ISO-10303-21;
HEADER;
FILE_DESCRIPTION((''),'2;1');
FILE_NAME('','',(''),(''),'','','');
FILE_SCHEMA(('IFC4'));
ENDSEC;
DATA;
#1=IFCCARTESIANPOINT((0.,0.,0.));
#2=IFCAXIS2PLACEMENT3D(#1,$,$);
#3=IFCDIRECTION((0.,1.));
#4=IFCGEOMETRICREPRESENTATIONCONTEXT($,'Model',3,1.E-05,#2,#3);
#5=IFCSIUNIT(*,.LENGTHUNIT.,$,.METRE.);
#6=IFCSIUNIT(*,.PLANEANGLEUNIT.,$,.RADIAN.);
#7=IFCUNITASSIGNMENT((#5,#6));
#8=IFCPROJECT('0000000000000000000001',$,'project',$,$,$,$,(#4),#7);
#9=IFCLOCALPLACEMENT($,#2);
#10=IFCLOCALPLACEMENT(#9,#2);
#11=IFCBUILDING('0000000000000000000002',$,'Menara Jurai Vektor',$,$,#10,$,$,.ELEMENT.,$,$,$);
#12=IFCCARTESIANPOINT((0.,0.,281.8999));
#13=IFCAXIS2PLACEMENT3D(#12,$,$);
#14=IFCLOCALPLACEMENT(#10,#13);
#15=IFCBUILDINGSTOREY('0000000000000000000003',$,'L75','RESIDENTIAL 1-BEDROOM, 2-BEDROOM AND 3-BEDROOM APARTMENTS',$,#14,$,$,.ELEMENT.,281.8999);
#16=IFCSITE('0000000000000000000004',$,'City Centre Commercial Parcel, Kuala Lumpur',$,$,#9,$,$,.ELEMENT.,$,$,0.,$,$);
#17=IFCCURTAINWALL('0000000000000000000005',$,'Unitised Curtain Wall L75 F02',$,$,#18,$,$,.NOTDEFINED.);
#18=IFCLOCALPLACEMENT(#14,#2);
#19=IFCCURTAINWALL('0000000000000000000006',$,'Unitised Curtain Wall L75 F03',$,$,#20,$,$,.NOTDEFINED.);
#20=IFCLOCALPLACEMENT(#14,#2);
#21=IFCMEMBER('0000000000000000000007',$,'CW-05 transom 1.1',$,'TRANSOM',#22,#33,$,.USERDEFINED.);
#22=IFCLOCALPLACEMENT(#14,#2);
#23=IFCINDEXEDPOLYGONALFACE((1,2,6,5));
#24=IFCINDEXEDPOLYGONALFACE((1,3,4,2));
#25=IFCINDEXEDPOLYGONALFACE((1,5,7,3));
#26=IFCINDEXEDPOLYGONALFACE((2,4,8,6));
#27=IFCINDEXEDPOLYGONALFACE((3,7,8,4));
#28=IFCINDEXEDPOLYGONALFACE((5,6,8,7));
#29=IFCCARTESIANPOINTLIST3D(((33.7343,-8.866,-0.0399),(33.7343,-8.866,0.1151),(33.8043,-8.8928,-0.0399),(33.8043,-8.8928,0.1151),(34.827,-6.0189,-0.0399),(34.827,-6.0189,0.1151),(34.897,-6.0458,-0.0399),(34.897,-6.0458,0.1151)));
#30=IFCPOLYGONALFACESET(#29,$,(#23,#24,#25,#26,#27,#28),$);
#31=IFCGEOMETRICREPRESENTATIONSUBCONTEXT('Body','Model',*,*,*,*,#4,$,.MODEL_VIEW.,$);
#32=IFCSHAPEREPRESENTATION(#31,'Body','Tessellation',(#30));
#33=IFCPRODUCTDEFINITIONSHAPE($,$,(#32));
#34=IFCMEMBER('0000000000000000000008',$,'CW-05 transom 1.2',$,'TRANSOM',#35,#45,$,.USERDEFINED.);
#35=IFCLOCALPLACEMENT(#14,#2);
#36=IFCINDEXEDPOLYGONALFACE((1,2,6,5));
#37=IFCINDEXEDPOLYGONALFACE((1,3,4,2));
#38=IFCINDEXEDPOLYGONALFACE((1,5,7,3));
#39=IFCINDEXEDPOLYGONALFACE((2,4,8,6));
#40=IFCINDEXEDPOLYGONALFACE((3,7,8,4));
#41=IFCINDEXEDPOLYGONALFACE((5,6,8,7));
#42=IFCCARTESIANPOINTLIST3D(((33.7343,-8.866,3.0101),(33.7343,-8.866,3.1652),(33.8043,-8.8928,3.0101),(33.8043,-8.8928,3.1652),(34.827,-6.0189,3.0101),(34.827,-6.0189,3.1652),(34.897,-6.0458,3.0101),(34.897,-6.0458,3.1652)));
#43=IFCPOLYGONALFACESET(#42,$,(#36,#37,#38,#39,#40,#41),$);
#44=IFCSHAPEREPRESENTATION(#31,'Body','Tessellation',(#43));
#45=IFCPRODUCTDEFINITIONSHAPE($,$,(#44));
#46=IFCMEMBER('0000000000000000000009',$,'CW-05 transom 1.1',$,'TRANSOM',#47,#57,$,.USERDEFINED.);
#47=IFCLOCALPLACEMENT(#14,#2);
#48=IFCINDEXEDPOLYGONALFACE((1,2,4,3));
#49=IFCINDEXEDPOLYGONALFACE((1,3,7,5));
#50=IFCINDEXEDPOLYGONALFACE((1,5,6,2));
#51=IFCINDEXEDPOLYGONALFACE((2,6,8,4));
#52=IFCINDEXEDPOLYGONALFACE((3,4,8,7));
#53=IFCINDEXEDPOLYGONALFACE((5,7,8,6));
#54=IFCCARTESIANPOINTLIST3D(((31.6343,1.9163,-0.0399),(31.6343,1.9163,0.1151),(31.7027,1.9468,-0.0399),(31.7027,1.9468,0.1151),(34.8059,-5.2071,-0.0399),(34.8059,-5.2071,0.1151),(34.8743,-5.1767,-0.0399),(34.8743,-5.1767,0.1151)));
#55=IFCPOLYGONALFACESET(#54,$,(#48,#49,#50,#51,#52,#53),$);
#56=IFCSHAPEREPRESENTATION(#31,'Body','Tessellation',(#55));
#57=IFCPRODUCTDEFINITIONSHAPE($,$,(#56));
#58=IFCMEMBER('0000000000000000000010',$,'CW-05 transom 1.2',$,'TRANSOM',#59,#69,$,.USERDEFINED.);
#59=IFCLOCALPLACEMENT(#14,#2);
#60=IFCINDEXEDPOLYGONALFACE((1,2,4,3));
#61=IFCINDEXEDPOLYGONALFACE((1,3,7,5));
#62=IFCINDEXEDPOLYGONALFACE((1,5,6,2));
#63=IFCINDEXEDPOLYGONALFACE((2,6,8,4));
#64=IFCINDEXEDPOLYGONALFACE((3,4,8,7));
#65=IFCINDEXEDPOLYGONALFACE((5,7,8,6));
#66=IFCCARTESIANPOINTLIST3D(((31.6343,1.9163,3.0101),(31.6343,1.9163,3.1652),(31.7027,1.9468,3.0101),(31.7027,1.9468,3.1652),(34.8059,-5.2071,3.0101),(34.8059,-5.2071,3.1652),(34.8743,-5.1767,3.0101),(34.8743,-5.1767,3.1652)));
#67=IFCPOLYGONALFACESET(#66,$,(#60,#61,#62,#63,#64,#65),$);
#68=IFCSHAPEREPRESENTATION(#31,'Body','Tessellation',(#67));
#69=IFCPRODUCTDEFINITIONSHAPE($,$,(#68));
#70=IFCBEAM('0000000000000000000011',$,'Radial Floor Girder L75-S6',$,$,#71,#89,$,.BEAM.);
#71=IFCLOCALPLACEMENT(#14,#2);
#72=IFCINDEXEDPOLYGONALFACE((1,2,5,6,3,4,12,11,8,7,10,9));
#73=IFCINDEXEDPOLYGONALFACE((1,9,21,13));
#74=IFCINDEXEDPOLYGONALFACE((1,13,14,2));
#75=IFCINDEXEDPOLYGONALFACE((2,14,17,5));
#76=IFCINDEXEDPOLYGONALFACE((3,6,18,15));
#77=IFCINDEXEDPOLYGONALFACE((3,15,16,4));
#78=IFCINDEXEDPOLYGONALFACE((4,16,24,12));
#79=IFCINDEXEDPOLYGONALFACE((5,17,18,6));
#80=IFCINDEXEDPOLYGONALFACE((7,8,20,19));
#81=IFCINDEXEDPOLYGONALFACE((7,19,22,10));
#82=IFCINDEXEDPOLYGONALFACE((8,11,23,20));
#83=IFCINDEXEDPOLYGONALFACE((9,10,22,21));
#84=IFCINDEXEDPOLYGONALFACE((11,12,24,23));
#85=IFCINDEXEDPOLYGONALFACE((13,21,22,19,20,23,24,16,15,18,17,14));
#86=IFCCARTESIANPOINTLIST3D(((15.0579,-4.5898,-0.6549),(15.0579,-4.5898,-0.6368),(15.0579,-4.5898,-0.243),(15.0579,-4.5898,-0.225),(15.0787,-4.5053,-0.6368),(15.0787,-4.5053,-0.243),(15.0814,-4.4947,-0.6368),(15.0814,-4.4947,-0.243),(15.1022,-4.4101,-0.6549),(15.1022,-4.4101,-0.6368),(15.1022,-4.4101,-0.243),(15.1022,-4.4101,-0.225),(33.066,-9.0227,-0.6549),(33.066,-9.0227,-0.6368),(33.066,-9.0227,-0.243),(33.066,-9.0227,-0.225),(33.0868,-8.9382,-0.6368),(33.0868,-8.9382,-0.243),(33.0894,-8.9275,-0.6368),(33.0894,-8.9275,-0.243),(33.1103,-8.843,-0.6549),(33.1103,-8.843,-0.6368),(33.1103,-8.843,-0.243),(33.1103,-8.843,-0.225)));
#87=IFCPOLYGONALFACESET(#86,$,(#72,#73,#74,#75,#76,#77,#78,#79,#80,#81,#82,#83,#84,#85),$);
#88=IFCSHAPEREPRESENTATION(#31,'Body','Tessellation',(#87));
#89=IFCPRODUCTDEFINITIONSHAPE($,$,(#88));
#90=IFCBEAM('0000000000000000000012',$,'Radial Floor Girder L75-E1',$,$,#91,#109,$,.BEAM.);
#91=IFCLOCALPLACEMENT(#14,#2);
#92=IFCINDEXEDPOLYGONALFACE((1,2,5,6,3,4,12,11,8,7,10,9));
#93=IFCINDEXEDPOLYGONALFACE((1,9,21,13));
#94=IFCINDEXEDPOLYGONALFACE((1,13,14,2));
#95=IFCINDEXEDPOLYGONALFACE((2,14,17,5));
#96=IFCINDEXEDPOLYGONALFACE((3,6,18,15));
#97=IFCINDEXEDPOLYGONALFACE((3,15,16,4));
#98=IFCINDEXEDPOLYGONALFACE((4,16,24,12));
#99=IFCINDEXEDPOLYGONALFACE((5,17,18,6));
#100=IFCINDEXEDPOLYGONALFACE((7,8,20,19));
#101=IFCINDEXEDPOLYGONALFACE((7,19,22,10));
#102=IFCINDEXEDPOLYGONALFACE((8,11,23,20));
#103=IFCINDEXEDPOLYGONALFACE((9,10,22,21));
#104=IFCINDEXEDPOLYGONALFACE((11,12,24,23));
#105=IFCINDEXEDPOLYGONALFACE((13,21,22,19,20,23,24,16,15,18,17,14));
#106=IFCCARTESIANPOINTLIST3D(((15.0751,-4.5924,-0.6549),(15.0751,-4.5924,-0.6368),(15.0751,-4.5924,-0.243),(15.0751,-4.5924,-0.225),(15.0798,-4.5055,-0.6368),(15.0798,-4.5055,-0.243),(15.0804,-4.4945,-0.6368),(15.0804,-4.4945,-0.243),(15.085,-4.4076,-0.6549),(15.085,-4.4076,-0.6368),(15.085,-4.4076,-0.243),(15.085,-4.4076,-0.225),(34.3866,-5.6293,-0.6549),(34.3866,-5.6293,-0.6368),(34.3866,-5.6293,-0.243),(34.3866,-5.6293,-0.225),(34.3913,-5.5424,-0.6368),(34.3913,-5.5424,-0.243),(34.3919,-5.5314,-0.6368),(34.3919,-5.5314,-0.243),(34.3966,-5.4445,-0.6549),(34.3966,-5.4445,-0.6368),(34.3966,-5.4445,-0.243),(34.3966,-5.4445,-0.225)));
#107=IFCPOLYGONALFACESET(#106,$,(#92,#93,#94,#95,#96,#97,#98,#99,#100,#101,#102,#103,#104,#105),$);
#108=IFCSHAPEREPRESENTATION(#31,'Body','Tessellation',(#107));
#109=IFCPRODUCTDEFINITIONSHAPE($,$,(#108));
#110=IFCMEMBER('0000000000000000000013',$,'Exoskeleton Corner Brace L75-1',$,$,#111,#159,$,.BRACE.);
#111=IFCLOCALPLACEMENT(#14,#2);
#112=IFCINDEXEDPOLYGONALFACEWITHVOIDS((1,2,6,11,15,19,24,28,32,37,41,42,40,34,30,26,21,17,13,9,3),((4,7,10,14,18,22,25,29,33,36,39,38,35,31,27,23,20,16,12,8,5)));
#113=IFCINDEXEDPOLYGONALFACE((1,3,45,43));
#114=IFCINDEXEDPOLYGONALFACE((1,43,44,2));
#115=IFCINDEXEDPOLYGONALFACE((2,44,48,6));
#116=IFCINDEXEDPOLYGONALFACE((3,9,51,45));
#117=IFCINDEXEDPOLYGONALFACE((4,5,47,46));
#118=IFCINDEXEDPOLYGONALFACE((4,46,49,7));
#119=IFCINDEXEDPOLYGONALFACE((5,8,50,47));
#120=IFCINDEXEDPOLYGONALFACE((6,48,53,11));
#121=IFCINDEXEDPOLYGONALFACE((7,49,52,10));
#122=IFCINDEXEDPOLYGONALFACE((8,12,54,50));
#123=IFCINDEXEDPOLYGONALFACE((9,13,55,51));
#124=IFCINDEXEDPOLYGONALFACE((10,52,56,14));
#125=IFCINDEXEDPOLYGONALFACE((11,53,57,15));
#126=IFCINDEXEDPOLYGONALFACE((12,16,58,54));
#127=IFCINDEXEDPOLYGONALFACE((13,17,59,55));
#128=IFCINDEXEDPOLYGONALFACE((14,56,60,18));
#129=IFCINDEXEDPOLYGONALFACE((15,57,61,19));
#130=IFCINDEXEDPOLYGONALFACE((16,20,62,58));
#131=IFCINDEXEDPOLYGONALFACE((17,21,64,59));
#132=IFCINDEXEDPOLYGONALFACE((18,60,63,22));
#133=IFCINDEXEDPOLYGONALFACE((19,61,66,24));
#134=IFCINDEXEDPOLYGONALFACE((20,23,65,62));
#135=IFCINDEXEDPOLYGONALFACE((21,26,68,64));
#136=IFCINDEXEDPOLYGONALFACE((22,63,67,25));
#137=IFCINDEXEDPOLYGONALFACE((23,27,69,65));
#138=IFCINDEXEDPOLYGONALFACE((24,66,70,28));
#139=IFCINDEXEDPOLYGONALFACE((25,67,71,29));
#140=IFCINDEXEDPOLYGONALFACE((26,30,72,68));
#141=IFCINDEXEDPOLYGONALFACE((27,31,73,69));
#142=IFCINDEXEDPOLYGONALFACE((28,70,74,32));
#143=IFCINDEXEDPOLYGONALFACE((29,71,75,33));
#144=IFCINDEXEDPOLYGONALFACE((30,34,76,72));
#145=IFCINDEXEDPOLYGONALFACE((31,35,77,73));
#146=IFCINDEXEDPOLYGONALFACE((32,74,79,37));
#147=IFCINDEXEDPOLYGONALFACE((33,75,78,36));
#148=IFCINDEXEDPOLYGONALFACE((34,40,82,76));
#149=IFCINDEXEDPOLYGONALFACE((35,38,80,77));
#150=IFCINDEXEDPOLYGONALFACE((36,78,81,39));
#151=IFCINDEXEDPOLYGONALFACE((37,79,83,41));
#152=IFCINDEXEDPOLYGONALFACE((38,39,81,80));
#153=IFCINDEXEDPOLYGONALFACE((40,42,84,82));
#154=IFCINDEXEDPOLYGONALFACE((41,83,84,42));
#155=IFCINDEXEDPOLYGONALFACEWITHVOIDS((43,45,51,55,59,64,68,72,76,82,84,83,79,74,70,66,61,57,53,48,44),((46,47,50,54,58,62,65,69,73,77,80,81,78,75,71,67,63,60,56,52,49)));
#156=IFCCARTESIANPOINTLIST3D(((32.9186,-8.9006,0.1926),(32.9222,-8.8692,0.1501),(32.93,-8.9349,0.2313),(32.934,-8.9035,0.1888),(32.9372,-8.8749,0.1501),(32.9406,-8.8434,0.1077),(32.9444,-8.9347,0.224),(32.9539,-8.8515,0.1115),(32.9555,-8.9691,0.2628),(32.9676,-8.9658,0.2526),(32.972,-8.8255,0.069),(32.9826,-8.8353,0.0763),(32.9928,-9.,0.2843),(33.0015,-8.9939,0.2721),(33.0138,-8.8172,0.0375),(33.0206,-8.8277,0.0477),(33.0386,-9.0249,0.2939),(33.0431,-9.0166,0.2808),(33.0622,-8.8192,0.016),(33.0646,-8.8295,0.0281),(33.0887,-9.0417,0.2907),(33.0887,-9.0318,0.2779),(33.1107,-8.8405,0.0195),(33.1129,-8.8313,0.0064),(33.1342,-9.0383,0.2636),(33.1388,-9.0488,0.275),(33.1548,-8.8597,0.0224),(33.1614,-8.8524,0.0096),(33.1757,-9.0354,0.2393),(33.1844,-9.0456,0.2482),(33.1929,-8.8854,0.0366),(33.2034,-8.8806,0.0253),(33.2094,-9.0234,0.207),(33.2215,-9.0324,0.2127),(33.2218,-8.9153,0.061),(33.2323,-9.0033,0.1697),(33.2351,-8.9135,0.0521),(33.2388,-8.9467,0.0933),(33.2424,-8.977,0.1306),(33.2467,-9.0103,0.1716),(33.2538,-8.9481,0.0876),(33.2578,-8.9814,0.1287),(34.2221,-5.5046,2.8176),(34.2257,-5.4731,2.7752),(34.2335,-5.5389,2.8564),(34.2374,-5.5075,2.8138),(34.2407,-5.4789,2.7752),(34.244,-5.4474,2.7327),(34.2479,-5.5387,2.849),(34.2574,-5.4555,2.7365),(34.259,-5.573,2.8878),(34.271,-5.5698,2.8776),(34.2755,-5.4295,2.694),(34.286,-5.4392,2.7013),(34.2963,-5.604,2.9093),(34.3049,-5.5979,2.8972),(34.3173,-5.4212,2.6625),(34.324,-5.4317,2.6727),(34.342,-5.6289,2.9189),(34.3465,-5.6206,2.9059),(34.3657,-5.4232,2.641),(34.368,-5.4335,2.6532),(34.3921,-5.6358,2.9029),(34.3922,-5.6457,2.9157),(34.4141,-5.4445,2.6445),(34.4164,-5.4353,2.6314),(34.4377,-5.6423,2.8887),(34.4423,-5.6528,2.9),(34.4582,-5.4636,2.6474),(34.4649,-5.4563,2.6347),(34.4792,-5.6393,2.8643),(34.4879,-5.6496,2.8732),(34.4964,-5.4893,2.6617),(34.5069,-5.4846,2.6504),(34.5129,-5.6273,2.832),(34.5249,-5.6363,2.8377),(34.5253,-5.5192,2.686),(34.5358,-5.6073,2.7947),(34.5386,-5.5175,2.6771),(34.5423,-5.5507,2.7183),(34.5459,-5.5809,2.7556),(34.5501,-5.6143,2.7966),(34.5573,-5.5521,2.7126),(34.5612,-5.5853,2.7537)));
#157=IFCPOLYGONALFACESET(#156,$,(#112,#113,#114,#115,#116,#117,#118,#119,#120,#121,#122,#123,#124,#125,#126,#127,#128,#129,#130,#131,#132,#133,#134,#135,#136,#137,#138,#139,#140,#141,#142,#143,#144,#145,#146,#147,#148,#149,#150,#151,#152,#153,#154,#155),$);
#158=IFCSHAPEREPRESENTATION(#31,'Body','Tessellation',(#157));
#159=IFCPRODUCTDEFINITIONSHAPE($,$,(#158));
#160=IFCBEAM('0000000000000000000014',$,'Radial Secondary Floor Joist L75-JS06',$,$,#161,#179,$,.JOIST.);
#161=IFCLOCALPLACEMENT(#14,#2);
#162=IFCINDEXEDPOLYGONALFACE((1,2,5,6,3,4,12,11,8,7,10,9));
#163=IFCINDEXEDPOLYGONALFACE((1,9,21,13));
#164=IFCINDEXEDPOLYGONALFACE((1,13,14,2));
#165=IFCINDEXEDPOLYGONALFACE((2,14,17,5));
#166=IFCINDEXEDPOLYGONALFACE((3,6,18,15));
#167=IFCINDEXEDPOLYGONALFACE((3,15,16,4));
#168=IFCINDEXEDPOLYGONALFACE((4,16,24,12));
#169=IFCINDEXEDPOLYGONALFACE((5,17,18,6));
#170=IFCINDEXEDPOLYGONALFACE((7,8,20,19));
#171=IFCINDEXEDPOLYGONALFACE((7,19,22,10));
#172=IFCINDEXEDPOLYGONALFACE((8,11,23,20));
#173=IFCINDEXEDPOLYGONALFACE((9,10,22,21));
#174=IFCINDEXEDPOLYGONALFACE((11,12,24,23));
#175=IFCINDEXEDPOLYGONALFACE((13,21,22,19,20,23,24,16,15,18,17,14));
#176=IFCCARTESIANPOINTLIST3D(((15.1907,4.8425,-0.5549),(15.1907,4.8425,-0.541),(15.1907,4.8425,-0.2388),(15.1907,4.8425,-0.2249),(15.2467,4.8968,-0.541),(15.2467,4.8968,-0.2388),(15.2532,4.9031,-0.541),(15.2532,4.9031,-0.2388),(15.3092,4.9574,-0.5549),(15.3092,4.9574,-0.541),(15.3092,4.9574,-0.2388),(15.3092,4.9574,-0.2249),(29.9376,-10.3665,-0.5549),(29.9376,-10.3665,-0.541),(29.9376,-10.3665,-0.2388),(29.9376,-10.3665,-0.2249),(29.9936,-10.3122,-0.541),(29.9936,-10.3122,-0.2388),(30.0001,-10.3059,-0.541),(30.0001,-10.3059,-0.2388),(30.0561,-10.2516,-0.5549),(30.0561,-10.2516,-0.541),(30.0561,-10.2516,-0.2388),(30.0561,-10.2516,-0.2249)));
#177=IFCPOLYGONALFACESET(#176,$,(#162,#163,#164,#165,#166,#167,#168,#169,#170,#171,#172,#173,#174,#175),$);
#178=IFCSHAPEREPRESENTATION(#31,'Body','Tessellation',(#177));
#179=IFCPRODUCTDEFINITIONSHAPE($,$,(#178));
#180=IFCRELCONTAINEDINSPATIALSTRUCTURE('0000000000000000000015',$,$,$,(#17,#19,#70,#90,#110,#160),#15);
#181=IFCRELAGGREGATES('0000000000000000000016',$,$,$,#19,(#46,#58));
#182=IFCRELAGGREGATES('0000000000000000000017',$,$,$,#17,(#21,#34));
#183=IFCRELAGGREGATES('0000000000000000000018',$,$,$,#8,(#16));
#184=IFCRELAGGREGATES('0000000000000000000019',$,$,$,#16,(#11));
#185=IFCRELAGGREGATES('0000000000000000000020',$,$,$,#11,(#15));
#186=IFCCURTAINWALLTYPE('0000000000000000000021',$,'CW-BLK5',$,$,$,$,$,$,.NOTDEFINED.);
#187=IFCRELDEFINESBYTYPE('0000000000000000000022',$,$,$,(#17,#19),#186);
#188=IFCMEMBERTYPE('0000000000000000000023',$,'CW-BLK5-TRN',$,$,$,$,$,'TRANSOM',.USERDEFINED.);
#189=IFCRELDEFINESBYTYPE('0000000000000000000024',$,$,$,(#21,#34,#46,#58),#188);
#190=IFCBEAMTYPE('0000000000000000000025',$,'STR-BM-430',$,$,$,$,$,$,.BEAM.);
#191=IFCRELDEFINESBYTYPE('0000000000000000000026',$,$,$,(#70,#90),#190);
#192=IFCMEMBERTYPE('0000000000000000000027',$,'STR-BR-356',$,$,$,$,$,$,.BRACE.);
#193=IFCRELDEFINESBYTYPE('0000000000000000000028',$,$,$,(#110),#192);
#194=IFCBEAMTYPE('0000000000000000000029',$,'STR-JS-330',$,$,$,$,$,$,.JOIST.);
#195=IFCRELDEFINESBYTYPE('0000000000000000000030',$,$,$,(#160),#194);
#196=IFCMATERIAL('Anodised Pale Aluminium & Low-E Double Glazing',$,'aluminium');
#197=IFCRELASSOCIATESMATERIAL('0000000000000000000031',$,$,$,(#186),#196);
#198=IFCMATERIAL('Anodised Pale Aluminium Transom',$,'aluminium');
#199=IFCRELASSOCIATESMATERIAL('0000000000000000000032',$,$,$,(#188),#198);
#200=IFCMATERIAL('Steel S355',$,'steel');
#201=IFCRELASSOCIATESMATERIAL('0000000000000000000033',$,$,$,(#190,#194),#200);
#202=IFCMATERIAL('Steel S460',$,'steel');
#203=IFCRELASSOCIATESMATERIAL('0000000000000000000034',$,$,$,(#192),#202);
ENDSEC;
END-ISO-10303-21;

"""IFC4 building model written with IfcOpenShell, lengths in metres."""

from ifc_helpers import new_model, si_unit, direction, frame, origin, origin_2d, place, context, subcontext, project, spatial, rectangle, hollow_circle, i_section, extrude, material, material_profile, profile_set, type_object, element, aggregate, save


model = new_model("IFC4")

# Units and contexts
model_context = context("Model", 3, precision=1e-05, world=origin(), true_north=direction((0.0, 1.0)))
body_context = subcontext(model_context, "Body", "Model", "MODEL_VIEW")
ifc_project = project(units=[si_unit("LENGTHUNIT", "METRE"), si_unit("PLANEANGLEUNIT", "RADIAN")], contexts=[model_context])

# Site, building, storey
site_placement = place(None, origin())
site = spatial("IfcSite", under=ifc_project, at=site_placement, Name="City Centre Commercial Parcel, Kuala Lumpur", CompositionType="ELEMENT", RefElevation=0.0)
building_placement = place(site_placement, origin())
building = spatial("IfcBuilding", under=site, at=building_placement, Name="Menara Jurai Vektor", CompositionType="ELEMENT")
storey_placement = place(building_placement, frame((0.0, 0.0, 281.8999)))
storey = spatial("IfcBuildingStorey", under=building, at=storey_placement, Name="L75", Description="RESIDENTIAL 1-BEDROOM, 2-BEDROOM AND 3-BEDROOM APARTMENTS", CompositionType="ELEMENT", Elevation=281.8999)

# Shared definitions
ifc_material_1 = material(Name="Steel S460", Category="steel")

# Curtain wall
ifc_material_2 = material(Name="Anodised Pale Aluminium & Low-E Double Glazing", Category="aluminium")
curtain_wall_type = type_object("IfcCurtainWallType", Name="CW-BLK5", PredefinedType="NOTDEFINED", material=ifc_material_2)
curtain_wall_1_placement = place(storey_placement, origin())
curtain_wall_1 = element("IfcCurtainWall", 1, at=curtain_wall_1_placement, inside=storey, type_object=curtain_wall_type, Name="Unitised Curtain Wall L75 F02", PredefinedType="NOTDEFINED")

# Curtain wall
curtain_wall_2_placement = place(storey_placement, origin())
curtain_wall_2 = element("IfcCurtainWall", 2, at=curtain_wall_2_placement, inside=storey, type_object=curtain_wall_type, Name="Unitised Curtain Wall L75 F03", PredefinedType="NOTDEFINED")

# Members
ifc_material_3 = material(Name="Anodised Pale Aluminium Transom", Category="aluminium")
ifc_material_profile_1 = material_profile(ifc_material_3, rectangle(XDim=0.075, YDim=0.155, at=origin_2d()), Name="ALU TRN 75x155")
ifc_profile_set_1 = profile_set([ifc_material_profile_1], Name="Anodised Pale Aluminium Transom")
member_type_1 = type_object("IfcMemberType", Name="CW-BLK5-TRN", ElementType="TRANSOM", PredefinedType="USERDEFINED", material=ifc_profile_set_1)
member_1_placement = place(storey_placement, frame((33.7693, -8.8794, 0.0376), z_axis=(0.358325, 0.933597, 0.0), x_axis=(-0.933597, 0.358325, 0.0)))
member_1 = element("IfcMember", 3, at=member_1_placement, type_object=member_type_1, Name="CW-05 transom 1.1", ObjectType="TRANSOM", PredefinedType="USERDEFINED", context=body_context, shape_type="SweptSolid", body=[
    extrude(rectangle(XDim=0.075, YDim=0.155, at=origin_2d()), origin(), (0.0, 0.0, 1.0), 3.0496),
])
member_2_placement = place(storey_placement, frame((33.7693, -8.8794, 3.0876), z_axis=(0.358325, 0.933597, 0.0), x_axis=(-0.933597, 0.358325, 0.0)))
member_2 = element("IfcMember", 4, at=member_2_placement, type_object=member_type_1, Name="CW-05 transom 1.2", ObjectType="TRANSOM", PredefinedType="USERDEFINED", context=body_context, shape_type="SweptSolid", body=[
    extrude(rectangle(XDim=0.075, YDim=0.155, at=origin_2d()), origin(), (0.0, 0.0, 1.0), 3.0496),
])
member_3_placement = place(storey_placement, frame((34.8401, -5.1919, 0.0376), z_axis=(-0.40674, 0.913544, 0.0), x_axis=(-0.913544, -0.40674, 0.0)))
member_3 = element("IfcMember", 5, at=member_3_placement, type_object=member_type_1, Name="CW-05 transom 1.1", ObjectType="TRANSOM", PredefinedType="USERDEFINED", context=body_context, shape_type="SweptSolid", body=[
    extrude(rectangle(XDim=0.075, YDim=0.155, at=origin_2d()), origin(), (0.0, 0.0, 1.0), 7.7976),
])
member_4_placement = place(storey_placement, frame((34.8401, -5.1919, 3.0876), z_axis=(-0.40674, 0.913544, 0.0), x_axis=(-0.913544, -0.40674, 0.0)))
member_4 = element("IfcMember", 6, at=member_4_placement, type_object=member_type_1, Name="CW-05 transom 1.2", ObjectType="TRANSOM", PredefinedType="USERDEFINED", context=body_context, shape_type="SweptSolid", body=[
    extrude(rectangle(XDim=0.075, YDim=0.155, at=origin_2d()), origin(), (0.0, 0.0, 1.0), 7.7976),
])

# Beams
ifc_material_4 = material(Name="Steel S355", Category="steel")
ifc_material_profile_2 = material_profile(ifc_material_4, i_section(OverallWidth=0.1851, OverallDepth=0.4299, WebThickness=0.011, FlangeThickness=0.0181, at=origin_2d()), Name="PG 430x185x76")
ifc_profile_set_2 = profile_set([ifc_material_profile_2], Name="Steel S355")
beam_type_1 = type_object("IfcBeamType", Name="STR-BM-430", PredefinedType="BEAM", material=ifc_profile_set_2)
beam_1_placement = place(storey_placement, frame((33.0881, -8.9329, -0.4399), z_axis=(-0.971014, 0.239025, 0.0), x_axis=(-0.239025, -0.971014, 0.0)))
element("IfcBeam", 7, at=beam_1_placement, inside=storey, type_object=beam_type_1, Name="Radial Floor Girder L75-S6", PredefinedType="BEAM", context=body_context, shape_type="SweptSolid", body=[
    extrude(i_section(OverallWidth=0.1851, OverallDepth=0.4299, WebThickness=0.011, FlangeThickness=0.0181, at=origin_2d()), origin(), (0.0, 0.0, 1.0), 18.5457),
])
beam_2_placement = place(storey_placement, frame((34.3916, -5.5369, -0.4399), z_axis=(-0.998562, 0.053614, 0.0), x_axis=(-0.053614, -0.998562, 0.0)))
element("IfcBeam", 8, at=beam_2_placement, inside=storey, type_object=beam_type_1, Name="Radial Floor Girder L75-E1", PredefinedType="BEAM", context=body_context, shape_type="SweptSolid", body=[
    extrude(i_section(OverallWidth=0.1851, OverallDepth=0.4299, WebThickness=0.011, FlangeThickness=0.0181, at=origin_2d()), origin(), (0.0, 0.0, 1.0), 19.3394),
])

# Member
ifc_material_profile_3 = material_profile(ifc_material_1, hollow_circle(Radius=0.1777, WallThickness=0.0161, at=origin_2d()), Name="CHS 355.6x16")
ifc_profile_set_3 = profile_set([ifc_material_profile_3], Name="Steel S460")
member_type_2 = type_object("IfcMemberType", Name="STR-BR-356", PredefinedType="BRACE", material=ifc_profile_set_3)
member_5_placement = place(storey_placement, frame((33.0881, -8.9329, 0.1501), z_axis=(0.290576, 0.757054, 0.585179), x_axis=(-0.933593, 0.358336, 0.0)))
element("IfcMember", 9, at=member_5_placement, inside=storey, type_object=member_type_2, Name="Exoskeleton Corner Brace L75-1", PredefinedType="BRACE", context=body_context, shape_type="SweptSolid", body=[
    extrude(hollow_circle(Radius=0.1777, WallThickness=0.0161, at=origin_2d()), origin(), (0.0, 0.0, 1.0), 4.4858),
])

# Beam
ifc_material_profile_4 = material_profile(ifc_material_4, i_section(OverallWidth=0.165, OverallDepth=0.3301, WebThickness=0.009, FlangeThickness=0.0139, at=origin_2d()), Name="PG 330x165x46")
ifc_profile_set_4 = profile_set([ifc_material_profile_4], Name="Steel S355")
beam_type_2 = type_object("IfcBeamType", Name="STR-JS-330", PredefinedType="JOIST", material=ifc_profile_set_4)
beam_3_placement = place(storey_placement, frame((29.9968, -10.3091, -0.3899), z_axis=(-0.696115, 0.717931, 0.0), x_axis=(-0.717931, -0.696115, 0.0)))
element("IfcBeam", 10, at=beam_3_placement, inside=storey, type_object=beam_type_2, Name="Radial Secondary Floor Joist L75-JS06", PredefinedType="JOIST", context=body_context, shape_type="SweptSolid", body=[
    extrude(i_section(OverallWidth=0.165, OverallDepth=0.3301, WebThickness=0.009, FlangeThickness=0.0139, at=origin_2d()), origin(), (0.0, 0.0, 1.0), 21.1846),
])

aggregate(curtain_wall_2, [member_3, member_4])
aggregate(curtain_wall_1, [member_1, member_2])

save(model, "model.ifc")
